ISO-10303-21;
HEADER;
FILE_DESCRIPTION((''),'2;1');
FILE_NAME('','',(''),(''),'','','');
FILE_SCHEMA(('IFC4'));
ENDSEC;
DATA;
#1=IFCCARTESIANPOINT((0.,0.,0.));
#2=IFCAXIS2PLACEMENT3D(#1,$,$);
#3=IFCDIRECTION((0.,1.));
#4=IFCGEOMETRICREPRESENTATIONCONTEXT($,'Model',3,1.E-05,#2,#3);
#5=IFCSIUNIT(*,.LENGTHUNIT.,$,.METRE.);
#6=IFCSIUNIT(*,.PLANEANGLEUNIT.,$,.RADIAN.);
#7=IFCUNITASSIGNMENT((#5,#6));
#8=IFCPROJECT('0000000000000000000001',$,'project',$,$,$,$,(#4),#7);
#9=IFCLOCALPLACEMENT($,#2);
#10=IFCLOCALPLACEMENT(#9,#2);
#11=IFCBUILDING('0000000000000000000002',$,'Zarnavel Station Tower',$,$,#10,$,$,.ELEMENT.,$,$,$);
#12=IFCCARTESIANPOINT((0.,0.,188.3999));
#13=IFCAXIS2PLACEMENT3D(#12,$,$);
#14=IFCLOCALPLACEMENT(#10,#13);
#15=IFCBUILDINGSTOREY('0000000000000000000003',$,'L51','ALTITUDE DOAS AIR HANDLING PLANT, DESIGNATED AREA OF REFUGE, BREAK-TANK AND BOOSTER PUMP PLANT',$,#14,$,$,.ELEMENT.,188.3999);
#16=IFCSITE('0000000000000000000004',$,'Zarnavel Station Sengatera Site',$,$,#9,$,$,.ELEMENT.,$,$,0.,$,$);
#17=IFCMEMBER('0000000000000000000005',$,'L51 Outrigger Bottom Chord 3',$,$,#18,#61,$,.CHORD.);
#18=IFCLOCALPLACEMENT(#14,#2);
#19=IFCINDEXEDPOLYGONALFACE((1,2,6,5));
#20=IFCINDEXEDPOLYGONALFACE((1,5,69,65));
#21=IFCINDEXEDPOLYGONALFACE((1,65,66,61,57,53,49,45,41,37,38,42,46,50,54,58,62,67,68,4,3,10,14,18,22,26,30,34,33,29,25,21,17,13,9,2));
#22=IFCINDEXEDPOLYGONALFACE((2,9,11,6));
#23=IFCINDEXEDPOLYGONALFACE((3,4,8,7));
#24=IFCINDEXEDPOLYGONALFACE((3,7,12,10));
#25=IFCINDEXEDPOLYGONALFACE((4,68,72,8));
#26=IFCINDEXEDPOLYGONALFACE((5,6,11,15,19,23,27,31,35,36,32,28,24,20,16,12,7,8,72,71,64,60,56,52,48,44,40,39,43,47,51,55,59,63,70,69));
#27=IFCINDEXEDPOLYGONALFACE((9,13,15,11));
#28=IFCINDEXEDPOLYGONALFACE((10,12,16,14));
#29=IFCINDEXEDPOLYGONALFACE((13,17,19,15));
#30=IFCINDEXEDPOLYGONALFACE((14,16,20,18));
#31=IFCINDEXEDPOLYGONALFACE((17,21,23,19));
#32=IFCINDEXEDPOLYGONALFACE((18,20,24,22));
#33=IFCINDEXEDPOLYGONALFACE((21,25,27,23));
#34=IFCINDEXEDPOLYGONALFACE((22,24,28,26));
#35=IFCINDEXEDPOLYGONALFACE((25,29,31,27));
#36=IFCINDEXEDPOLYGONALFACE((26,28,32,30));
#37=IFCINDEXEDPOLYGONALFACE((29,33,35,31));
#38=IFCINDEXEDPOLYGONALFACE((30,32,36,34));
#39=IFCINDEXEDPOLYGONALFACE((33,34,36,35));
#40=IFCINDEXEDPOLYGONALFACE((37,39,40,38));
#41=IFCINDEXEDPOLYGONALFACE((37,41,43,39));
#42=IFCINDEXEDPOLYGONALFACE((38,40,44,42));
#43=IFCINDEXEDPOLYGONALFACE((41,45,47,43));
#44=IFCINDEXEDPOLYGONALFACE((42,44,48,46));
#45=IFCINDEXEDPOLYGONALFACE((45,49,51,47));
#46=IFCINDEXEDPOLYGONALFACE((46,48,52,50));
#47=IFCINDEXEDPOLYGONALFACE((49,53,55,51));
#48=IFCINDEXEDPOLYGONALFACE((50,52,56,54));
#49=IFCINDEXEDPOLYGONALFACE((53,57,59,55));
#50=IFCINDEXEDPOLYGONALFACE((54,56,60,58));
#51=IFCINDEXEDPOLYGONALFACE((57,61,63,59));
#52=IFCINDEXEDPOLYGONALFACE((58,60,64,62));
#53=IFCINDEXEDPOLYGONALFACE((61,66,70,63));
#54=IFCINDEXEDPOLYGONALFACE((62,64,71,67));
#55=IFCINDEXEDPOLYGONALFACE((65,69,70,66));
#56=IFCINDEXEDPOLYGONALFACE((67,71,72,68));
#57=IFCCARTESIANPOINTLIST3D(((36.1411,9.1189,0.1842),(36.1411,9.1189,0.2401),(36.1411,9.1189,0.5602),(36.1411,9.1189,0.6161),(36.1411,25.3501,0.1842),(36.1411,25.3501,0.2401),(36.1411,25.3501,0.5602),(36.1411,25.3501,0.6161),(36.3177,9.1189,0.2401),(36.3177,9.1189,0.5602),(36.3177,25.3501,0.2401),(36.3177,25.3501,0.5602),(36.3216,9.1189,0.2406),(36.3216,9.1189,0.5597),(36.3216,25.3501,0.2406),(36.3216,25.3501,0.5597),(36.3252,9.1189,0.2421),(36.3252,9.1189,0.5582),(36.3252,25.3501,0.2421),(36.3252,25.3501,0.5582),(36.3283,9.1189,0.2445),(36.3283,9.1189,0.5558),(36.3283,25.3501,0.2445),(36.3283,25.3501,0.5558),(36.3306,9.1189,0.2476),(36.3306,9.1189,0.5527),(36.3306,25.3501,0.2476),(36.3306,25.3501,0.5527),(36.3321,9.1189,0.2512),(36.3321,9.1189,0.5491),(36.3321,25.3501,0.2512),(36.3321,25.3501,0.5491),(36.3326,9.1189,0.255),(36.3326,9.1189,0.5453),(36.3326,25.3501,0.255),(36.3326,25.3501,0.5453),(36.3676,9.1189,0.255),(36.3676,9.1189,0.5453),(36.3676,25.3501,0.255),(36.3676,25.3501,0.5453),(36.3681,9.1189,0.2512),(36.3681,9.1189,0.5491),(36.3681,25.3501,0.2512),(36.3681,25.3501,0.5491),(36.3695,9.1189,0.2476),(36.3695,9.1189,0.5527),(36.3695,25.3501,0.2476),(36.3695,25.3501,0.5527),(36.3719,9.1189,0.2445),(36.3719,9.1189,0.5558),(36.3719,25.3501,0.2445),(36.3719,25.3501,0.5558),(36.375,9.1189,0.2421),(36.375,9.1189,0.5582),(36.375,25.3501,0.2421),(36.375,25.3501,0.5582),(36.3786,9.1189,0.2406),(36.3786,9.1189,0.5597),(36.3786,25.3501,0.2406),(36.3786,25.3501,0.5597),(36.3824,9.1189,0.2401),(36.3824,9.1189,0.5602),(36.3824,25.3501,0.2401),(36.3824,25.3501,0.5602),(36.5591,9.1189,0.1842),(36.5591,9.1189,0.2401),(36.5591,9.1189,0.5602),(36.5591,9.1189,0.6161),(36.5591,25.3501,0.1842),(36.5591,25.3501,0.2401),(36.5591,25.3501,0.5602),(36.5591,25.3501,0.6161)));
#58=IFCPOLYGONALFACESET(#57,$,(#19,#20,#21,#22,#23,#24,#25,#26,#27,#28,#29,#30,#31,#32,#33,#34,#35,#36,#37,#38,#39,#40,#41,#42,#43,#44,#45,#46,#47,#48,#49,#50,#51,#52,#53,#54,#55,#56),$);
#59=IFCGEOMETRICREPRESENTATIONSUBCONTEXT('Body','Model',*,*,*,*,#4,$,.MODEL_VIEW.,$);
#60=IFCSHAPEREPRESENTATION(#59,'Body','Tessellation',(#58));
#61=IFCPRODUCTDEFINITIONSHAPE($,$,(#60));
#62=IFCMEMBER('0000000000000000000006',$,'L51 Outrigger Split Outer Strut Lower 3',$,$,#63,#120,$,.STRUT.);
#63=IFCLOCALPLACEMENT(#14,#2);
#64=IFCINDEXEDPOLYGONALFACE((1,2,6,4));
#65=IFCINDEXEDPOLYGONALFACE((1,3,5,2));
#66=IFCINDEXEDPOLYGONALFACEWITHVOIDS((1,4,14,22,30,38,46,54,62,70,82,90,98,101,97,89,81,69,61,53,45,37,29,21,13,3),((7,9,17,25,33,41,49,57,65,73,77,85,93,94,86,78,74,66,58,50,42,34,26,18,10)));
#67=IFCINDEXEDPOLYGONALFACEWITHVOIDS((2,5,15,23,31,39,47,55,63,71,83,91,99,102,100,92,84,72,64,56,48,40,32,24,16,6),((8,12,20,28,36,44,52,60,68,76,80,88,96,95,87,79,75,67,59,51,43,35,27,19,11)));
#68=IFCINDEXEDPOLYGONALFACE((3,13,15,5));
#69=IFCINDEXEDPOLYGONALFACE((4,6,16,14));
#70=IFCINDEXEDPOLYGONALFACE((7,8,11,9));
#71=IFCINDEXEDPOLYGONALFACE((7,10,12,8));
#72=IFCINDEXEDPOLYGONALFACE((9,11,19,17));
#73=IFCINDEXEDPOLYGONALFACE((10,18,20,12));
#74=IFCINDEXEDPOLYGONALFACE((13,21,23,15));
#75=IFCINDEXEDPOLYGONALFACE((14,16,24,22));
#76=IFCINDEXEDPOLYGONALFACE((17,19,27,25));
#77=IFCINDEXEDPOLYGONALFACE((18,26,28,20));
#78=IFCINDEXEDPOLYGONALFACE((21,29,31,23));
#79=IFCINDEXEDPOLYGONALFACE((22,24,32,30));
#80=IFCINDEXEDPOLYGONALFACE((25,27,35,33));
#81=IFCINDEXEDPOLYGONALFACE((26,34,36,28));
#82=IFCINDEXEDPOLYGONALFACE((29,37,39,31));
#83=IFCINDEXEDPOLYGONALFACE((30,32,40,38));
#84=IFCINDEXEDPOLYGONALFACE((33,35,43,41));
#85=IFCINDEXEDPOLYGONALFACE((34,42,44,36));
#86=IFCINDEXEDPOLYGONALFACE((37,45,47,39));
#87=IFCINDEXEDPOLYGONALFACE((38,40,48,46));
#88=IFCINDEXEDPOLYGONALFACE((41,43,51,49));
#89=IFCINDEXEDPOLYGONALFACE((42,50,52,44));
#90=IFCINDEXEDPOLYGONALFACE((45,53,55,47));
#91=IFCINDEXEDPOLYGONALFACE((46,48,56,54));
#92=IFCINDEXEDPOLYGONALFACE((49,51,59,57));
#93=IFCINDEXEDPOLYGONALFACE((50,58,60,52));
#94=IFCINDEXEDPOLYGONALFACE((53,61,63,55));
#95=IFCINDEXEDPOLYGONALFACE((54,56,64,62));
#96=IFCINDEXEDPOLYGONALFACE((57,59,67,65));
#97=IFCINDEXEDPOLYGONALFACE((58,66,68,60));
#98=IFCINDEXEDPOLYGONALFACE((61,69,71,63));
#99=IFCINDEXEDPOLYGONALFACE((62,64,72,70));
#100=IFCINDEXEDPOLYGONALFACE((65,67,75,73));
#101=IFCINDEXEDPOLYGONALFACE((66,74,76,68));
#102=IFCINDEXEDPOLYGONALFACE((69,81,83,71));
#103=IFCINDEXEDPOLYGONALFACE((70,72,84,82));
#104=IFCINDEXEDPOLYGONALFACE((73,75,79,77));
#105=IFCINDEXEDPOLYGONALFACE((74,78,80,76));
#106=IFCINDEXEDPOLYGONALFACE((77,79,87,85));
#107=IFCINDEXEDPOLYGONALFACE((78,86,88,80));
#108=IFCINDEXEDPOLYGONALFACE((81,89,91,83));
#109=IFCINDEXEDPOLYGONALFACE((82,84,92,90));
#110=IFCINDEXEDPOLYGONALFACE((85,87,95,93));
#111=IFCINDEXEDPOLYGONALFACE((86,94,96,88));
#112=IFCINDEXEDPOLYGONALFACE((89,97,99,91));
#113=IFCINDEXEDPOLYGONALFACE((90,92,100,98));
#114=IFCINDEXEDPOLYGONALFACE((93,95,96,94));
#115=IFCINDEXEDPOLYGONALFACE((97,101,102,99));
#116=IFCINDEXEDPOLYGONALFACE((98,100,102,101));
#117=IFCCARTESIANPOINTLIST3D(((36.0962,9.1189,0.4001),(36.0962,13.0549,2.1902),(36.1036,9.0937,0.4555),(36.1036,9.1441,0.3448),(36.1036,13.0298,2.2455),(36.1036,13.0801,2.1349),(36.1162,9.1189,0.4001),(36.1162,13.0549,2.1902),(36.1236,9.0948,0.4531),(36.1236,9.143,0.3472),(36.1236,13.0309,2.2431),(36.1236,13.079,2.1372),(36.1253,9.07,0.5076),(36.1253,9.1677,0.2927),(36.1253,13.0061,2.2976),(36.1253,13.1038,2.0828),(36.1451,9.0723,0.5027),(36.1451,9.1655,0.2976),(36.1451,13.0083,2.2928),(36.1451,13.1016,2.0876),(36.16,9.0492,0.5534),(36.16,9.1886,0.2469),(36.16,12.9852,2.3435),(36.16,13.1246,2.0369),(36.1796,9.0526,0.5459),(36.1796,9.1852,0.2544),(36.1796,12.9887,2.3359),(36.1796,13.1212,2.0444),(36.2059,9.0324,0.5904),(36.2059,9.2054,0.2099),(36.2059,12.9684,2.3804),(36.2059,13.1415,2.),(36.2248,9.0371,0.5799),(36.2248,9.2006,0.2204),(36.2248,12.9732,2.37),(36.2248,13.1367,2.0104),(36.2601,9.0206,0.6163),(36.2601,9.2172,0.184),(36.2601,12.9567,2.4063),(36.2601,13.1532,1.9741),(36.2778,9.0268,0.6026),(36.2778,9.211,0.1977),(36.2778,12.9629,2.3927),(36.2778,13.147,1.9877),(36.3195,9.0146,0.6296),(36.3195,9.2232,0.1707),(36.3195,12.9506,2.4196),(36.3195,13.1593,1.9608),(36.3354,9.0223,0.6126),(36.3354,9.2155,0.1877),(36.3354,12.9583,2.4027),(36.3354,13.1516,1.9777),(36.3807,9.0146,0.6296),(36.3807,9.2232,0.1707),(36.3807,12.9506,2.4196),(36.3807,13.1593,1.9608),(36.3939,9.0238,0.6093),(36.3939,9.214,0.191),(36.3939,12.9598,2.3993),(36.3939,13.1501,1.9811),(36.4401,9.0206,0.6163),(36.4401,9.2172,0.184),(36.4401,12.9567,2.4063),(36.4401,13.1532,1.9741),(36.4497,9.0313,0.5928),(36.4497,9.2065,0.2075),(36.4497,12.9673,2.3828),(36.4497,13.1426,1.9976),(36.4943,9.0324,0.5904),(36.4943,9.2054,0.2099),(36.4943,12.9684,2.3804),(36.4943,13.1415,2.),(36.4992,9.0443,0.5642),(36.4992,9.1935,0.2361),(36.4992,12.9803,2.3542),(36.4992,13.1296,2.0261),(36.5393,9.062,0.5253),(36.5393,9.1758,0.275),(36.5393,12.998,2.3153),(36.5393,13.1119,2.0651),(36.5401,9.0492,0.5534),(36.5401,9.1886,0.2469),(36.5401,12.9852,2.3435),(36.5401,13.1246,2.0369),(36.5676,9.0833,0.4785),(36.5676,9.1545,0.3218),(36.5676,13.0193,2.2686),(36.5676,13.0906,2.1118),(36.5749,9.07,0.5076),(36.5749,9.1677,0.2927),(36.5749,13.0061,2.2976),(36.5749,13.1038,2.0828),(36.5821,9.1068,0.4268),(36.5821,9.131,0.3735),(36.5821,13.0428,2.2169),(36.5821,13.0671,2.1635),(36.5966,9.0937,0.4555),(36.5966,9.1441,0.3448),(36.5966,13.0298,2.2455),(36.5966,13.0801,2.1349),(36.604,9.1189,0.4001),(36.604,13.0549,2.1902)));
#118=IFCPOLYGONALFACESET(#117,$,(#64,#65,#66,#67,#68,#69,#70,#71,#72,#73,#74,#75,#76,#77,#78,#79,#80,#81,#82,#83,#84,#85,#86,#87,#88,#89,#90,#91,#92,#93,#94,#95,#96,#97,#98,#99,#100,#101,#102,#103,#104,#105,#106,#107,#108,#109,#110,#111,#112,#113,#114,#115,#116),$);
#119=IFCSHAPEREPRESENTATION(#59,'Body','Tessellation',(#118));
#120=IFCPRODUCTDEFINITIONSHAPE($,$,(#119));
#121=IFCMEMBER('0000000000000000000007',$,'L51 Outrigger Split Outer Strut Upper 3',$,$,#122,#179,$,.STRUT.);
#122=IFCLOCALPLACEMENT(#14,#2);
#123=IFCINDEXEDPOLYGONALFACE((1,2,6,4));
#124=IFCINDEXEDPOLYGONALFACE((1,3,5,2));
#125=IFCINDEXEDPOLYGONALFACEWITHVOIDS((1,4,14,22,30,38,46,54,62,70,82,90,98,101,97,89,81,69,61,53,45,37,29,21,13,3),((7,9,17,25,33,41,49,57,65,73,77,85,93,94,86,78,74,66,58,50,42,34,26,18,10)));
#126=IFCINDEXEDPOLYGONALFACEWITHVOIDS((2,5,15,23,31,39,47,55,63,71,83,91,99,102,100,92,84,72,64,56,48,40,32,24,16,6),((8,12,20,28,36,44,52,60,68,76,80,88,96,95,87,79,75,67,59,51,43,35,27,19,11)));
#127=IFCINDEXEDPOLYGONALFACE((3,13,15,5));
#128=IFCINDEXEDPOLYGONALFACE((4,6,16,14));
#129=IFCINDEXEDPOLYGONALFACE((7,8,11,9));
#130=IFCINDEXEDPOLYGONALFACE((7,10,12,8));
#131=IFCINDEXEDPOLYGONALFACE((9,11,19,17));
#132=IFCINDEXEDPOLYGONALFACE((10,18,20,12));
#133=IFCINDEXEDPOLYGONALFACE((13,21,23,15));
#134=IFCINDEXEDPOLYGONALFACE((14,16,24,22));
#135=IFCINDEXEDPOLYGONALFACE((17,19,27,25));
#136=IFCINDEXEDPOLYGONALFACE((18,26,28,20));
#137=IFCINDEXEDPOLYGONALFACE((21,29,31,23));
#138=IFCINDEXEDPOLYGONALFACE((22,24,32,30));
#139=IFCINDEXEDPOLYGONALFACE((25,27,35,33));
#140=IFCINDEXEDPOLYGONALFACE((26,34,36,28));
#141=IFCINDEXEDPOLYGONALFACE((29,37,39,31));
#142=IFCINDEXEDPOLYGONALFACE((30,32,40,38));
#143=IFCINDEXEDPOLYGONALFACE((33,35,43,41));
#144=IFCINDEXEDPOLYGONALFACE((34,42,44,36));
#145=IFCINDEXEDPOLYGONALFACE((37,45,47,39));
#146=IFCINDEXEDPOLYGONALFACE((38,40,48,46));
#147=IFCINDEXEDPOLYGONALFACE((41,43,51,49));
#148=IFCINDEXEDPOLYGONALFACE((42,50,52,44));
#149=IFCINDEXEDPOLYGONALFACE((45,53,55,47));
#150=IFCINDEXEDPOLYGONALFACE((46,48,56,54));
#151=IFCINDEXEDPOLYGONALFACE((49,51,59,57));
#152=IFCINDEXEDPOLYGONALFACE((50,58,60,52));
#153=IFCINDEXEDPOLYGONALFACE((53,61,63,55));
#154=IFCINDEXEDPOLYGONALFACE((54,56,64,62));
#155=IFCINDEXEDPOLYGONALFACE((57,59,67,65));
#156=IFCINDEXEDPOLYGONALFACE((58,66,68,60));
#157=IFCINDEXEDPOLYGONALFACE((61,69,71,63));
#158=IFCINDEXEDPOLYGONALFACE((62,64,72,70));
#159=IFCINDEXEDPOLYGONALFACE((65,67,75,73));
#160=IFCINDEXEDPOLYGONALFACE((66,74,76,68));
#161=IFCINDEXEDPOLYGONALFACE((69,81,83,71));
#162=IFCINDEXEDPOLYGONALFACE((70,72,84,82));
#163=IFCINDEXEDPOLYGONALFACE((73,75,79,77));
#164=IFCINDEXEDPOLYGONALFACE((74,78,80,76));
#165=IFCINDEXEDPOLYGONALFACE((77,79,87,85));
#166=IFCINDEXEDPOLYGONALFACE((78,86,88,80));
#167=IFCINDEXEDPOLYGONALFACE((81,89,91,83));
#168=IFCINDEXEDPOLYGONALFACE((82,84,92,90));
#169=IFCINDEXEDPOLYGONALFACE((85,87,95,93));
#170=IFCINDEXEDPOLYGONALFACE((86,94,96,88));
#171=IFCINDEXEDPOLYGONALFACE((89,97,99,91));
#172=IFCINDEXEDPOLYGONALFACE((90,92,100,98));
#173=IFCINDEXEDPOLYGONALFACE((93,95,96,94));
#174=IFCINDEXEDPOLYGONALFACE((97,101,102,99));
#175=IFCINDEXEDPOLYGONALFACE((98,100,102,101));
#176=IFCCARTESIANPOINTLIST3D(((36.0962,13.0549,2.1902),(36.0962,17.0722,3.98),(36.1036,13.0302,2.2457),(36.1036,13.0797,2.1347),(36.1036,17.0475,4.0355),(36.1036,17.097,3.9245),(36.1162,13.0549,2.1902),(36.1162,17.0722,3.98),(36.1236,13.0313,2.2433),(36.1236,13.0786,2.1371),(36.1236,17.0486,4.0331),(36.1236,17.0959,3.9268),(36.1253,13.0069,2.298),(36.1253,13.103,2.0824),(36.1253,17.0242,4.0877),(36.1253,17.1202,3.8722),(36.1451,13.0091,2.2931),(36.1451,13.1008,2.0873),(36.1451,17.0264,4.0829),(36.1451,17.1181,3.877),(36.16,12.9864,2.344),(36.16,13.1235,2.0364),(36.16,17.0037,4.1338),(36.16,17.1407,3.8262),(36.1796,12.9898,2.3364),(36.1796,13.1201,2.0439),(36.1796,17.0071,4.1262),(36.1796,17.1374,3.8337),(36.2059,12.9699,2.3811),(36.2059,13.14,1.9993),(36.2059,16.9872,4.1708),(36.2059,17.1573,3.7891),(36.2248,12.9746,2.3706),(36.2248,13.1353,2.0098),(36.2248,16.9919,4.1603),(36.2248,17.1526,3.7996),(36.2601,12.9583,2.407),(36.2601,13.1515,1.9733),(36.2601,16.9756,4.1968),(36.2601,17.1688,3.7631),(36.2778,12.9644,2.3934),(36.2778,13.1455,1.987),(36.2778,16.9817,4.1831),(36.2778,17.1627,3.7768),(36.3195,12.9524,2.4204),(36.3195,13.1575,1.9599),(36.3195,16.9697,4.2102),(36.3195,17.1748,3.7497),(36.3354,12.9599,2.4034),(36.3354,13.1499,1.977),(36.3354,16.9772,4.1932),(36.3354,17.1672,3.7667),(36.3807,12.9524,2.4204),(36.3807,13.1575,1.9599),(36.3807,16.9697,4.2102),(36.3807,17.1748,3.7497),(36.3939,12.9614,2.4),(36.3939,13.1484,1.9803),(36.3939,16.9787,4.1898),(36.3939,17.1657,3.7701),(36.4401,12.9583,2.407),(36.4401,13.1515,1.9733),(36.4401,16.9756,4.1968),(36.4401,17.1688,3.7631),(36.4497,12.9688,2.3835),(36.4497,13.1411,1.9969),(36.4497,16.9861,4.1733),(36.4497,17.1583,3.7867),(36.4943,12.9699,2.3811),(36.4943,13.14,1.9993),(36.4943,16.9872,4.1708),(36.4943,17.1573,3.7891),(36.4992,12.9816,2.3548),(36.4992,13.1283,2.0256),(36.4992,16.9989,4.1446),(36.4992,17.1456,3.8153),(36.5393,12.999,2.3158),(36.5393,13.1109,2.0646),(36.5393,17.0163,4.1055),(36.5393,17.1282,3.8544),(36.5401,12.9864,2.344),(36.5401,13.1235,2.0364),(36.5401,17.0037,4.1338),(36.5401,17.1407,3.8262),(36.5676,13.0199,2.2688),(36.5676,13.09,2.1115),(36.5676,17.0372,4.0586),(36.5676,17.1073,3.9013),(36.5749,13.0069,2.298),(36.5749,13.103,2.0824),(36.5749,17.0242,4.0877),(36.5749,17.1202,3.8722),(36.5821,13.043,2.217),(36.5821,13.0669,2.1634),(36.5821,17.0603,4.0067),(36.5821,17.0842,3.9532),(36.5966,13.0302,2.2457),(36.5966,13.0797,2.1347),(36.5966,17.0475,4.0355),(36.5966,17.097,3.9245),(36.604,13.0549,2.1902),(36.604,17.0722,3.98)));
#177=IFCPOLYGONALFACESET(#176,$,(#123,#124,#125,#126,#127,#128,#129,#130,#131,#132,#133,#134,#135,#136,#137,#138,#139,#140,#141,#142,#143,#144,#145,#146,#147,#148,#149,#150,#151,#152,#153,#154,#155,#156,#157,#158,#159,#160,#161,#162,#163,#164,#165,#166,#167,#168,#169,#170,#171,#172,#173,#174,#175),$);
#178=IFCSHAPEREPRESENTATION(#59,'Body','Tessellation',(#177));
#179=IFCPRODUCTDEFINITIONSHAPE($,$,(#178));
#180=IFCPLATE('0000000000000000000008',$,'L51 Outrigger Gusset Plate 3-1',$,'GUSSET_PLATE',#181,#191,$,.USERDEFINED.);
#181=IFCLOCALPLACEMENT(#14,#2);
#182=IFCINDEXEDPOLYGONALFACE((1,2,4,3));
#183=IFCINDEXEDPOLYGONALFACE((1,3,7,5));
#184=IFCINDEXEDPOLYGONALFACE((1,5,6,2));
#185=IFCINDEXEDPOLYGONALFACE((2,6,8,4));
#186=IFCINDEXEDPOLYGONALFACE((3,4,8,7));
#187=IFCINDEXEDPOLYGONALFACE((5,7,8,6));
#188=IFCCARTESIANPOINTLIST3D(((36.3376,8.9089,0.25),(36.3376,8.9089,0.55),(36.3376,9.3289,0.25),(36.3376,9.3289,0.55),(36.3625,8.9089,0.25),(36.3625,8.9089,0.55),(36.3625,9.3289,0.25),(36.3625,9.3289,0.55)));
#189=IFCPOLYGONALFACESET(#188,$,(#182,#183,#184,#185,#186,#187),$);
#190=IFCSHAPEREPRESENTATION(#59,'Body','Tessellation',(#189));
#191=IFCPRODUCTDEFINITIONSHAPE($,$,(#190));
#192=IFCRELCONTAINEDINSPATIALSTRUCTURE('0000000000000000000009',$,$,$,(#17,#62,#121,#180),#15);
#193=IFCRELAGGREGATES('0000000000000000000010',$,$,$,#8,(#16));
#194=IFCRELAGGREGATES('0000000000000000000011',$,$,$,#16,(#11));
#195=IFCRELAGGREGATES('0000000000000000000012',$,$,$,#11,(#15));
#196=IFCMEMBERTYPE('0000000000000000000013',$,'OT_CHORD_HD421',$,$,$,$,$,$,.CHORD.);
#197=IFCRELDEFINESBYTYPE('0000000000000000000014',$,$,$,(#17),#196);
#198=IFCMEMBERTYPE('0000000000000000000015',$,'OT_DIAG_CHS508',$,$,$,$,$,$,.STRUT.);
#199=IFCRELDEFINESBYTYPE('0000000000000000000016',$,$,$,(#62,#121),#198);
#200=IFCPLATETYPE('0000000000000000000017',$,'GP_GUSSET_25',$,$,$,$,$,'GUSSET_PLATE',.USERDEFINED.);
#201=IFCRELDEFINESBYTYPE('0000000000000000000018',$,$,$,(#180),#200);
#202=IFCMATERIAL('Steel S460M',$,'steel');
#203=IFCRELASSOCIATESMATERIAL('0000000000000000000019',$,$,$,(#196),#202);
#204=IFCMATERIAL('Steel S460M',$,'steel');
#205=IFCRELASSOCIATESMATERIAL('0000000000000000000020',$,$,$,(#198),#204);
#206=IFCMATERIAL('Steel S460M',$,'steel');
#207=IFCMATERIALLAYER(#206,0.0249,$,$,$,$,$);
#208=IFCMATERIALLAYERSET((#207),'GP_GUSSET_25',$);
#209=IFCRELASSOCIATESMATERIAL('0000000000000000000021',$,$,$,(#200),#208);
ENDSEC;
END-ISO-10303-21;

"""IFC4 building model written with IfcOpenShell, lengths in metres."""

from ifc_helpers import new_model, si_unit, direction, frame, origin, origin_2d, place, context, subcontext, project, spatial, rectangle, hollow_circle, i_section, extrude, material, layer, layer_set, material_profile, profile_set, type_object, element, save


model = new_model("IFC4")

# Units and contexts
model_context = context("Model", 3, precision=1e-05, world=origin(), true_north=direction((0.0, 1.0)))
body_context = subcontext(model_context, "Body", "Model", "MODEL_VIEW")
ifc_project = project(units=[si_unit("LENGTHUNIT", "METRE"), si_unit("PLANEANGLEUNIT", "RADIAN")], contexts=[model_context])

# Site, building, storey
site_placement = place(None, origin())
site = spatial("IfcSite", under=ifc_project, at=site_placement, Name="Zarnavel Station Sengatera Site", CompositionType="ELEMENT", RefElevation=0.0)
building_placement = place(site_placement, origin())
building = spatial("IfcBuilding", under=site, at=building_placement, Name="Zarnavel Station Tower", CompositionType="ELEMENT")
storey_placement = place(building_placement, frame((0.0, 0.0, 188.3999)))
storey = spatial("IfcBuildingStorey", under=building, at=storey_placement, Name="L51", Description="ALTITUDE DOAS AIR HANDLING PLANT, DESIGNATED AREA OF REFUGE, BREAK-TANK AND BOOSTER PUMP PLANT", CompositionType="ELEMENT", Elevation=188.3999)

# Members
ifc_material_1 = material(Name="Steel S460M", Category="steel")
ifc_material_profile_1 = material_profile(ifc_material_1, i_section(OverallWidth=0.418, OverallDepth=0.4319, WebThickness=0.0349, FlangeThickness=0.0559, FilletRadius=0.0149, at=origin_2d()), Name="HD400x421")
ifc_profile_set_1 = profile_set([ifc_material_profile_1], Name="Steel S460M")
member_type_1 = type_object("IfcMemberType", Name="OT_CHORD_HD421", PredefinedType="CHORD", material=ifc_profile_set_1)
member_1_placement = place(storey_placement, frame((36.3501, 9.1189, 0.4001), z_axis=(0.0, 1.0, 0.0), x_axis=(-1.0, 0.0, 0.0)))
element("IfcMember", 1, at=member_1_placement, inside=storey, type_object=member_type_1, Name="L51 Outrigger Bottom Chord 3", PredefinedType="CHORD", context=body_context, shape_type="SweptSolid", body=[
    extrude(i_section(OverallWidth=0.418, OverallDepth=0.4319, WebThickness=0.0349, FlangeThickness=0.0559, FilletRadius=0.0149, at=origin_2d()), origin(), (0.0, 0.0, 1.0), 16.2312),
])
ifc_material_2 = material(Name="Steel S460M", Category="steel")
ifc_material_profile_2 = material_profile(ifc_material_2, hollow_circle(Radius=0.2539, WallThickness=0.02, at=origin_2d()), Name="CHS508x20")
ifc_profile_set_2 = profile_set([ifc_material_profile_2], Name="Steel S460M")
member_type_2 = type_object("IfcMemberType", Name="OT_DIAG_CHS508", PredefinedType="STRUT", material=ifc_profile_set_2)
member_2_placement = place(storey_placement, frame((36.3501, 9.1189, 0.4001), z_axis=(0.0, 0.910285, 0.413982), x_axis=(-1.0, 0.0, 0.0)))
element("IfcMember", 2, at=member_2_placement, inside=storey, type_object=member_type_2, Name="L51 Outrigger Split Outer Strut Lower 3", PredefinedType="STRUT", context=body_context, shape_type="SweptSolid", body=[
    extrude(hollow_circle(Radius=0.2539, WallThickness=0.02, at=origin_2d()), origin(), (0.0, 0.0, 1.0), 4.324),
])
member_3_placement = place(storey_placement, frame((36.3501, 13.0549, 2.1902), z_axis=(0.0, 0.913447, 0.406957), x_axis=(-1.0, 0.0, 0.0)))
element("IfcMember", 3, at=member_3_placement, inside=storey, type_object=member_type_2, Name="L51 Outrigger Split Outer Strut Upper 3", PredefinedType="STRUT", context=body_context, shape_type="SweptSolid", body=[
    extrude(hollow_circle(Radius=0.2539, WallThickness=0.02, at=origin_2d()), origin(), (0.0, 0.0, 1.0), 4.3979),
])

# Plate
ifc_material_3 = material(Name="Steel S460M", Category="steel")
ifc_layer_1 = layer(ifc_material_3, 0.0249)
ifc_layer_set_1 = layer_set([ifc_layer_1], Name="GP_GUSSET_25")
plate_type = type_object("IfcPlateType", Name="GP_GUSSET_25", ElementType="GUSSET_PLATE", PredefinedType="USERDEFINED", material=ifc_layer_set_1)
for number, where, z_axis, x_axis, name in (
    (4, (36.3501, 9.1189, 0.25), (0.0, 0.0, 1.0), (1.0, 0.0, 0.0), "L51 Outrigger Gusset Plate 3-1"),
):
    element("IfcPlate", number, at=place(storey_placement, frame(where, z_axis=z_axis, x_axis=x_axis)), inside=storey, type_object=plate_type, Name=name, ObjectType="GUSSET_PLATE", PredefinedType="USERDEFINED", context=body_context, shape_type="SweptSolid", body=[
        extrude(rectangle(XDim=0.0249, YDim=0.4199, at=origin_2d()), origin(), (0.0, 0.0, 1.0), 0.3),
    ])

save(model, "model.ifc")
